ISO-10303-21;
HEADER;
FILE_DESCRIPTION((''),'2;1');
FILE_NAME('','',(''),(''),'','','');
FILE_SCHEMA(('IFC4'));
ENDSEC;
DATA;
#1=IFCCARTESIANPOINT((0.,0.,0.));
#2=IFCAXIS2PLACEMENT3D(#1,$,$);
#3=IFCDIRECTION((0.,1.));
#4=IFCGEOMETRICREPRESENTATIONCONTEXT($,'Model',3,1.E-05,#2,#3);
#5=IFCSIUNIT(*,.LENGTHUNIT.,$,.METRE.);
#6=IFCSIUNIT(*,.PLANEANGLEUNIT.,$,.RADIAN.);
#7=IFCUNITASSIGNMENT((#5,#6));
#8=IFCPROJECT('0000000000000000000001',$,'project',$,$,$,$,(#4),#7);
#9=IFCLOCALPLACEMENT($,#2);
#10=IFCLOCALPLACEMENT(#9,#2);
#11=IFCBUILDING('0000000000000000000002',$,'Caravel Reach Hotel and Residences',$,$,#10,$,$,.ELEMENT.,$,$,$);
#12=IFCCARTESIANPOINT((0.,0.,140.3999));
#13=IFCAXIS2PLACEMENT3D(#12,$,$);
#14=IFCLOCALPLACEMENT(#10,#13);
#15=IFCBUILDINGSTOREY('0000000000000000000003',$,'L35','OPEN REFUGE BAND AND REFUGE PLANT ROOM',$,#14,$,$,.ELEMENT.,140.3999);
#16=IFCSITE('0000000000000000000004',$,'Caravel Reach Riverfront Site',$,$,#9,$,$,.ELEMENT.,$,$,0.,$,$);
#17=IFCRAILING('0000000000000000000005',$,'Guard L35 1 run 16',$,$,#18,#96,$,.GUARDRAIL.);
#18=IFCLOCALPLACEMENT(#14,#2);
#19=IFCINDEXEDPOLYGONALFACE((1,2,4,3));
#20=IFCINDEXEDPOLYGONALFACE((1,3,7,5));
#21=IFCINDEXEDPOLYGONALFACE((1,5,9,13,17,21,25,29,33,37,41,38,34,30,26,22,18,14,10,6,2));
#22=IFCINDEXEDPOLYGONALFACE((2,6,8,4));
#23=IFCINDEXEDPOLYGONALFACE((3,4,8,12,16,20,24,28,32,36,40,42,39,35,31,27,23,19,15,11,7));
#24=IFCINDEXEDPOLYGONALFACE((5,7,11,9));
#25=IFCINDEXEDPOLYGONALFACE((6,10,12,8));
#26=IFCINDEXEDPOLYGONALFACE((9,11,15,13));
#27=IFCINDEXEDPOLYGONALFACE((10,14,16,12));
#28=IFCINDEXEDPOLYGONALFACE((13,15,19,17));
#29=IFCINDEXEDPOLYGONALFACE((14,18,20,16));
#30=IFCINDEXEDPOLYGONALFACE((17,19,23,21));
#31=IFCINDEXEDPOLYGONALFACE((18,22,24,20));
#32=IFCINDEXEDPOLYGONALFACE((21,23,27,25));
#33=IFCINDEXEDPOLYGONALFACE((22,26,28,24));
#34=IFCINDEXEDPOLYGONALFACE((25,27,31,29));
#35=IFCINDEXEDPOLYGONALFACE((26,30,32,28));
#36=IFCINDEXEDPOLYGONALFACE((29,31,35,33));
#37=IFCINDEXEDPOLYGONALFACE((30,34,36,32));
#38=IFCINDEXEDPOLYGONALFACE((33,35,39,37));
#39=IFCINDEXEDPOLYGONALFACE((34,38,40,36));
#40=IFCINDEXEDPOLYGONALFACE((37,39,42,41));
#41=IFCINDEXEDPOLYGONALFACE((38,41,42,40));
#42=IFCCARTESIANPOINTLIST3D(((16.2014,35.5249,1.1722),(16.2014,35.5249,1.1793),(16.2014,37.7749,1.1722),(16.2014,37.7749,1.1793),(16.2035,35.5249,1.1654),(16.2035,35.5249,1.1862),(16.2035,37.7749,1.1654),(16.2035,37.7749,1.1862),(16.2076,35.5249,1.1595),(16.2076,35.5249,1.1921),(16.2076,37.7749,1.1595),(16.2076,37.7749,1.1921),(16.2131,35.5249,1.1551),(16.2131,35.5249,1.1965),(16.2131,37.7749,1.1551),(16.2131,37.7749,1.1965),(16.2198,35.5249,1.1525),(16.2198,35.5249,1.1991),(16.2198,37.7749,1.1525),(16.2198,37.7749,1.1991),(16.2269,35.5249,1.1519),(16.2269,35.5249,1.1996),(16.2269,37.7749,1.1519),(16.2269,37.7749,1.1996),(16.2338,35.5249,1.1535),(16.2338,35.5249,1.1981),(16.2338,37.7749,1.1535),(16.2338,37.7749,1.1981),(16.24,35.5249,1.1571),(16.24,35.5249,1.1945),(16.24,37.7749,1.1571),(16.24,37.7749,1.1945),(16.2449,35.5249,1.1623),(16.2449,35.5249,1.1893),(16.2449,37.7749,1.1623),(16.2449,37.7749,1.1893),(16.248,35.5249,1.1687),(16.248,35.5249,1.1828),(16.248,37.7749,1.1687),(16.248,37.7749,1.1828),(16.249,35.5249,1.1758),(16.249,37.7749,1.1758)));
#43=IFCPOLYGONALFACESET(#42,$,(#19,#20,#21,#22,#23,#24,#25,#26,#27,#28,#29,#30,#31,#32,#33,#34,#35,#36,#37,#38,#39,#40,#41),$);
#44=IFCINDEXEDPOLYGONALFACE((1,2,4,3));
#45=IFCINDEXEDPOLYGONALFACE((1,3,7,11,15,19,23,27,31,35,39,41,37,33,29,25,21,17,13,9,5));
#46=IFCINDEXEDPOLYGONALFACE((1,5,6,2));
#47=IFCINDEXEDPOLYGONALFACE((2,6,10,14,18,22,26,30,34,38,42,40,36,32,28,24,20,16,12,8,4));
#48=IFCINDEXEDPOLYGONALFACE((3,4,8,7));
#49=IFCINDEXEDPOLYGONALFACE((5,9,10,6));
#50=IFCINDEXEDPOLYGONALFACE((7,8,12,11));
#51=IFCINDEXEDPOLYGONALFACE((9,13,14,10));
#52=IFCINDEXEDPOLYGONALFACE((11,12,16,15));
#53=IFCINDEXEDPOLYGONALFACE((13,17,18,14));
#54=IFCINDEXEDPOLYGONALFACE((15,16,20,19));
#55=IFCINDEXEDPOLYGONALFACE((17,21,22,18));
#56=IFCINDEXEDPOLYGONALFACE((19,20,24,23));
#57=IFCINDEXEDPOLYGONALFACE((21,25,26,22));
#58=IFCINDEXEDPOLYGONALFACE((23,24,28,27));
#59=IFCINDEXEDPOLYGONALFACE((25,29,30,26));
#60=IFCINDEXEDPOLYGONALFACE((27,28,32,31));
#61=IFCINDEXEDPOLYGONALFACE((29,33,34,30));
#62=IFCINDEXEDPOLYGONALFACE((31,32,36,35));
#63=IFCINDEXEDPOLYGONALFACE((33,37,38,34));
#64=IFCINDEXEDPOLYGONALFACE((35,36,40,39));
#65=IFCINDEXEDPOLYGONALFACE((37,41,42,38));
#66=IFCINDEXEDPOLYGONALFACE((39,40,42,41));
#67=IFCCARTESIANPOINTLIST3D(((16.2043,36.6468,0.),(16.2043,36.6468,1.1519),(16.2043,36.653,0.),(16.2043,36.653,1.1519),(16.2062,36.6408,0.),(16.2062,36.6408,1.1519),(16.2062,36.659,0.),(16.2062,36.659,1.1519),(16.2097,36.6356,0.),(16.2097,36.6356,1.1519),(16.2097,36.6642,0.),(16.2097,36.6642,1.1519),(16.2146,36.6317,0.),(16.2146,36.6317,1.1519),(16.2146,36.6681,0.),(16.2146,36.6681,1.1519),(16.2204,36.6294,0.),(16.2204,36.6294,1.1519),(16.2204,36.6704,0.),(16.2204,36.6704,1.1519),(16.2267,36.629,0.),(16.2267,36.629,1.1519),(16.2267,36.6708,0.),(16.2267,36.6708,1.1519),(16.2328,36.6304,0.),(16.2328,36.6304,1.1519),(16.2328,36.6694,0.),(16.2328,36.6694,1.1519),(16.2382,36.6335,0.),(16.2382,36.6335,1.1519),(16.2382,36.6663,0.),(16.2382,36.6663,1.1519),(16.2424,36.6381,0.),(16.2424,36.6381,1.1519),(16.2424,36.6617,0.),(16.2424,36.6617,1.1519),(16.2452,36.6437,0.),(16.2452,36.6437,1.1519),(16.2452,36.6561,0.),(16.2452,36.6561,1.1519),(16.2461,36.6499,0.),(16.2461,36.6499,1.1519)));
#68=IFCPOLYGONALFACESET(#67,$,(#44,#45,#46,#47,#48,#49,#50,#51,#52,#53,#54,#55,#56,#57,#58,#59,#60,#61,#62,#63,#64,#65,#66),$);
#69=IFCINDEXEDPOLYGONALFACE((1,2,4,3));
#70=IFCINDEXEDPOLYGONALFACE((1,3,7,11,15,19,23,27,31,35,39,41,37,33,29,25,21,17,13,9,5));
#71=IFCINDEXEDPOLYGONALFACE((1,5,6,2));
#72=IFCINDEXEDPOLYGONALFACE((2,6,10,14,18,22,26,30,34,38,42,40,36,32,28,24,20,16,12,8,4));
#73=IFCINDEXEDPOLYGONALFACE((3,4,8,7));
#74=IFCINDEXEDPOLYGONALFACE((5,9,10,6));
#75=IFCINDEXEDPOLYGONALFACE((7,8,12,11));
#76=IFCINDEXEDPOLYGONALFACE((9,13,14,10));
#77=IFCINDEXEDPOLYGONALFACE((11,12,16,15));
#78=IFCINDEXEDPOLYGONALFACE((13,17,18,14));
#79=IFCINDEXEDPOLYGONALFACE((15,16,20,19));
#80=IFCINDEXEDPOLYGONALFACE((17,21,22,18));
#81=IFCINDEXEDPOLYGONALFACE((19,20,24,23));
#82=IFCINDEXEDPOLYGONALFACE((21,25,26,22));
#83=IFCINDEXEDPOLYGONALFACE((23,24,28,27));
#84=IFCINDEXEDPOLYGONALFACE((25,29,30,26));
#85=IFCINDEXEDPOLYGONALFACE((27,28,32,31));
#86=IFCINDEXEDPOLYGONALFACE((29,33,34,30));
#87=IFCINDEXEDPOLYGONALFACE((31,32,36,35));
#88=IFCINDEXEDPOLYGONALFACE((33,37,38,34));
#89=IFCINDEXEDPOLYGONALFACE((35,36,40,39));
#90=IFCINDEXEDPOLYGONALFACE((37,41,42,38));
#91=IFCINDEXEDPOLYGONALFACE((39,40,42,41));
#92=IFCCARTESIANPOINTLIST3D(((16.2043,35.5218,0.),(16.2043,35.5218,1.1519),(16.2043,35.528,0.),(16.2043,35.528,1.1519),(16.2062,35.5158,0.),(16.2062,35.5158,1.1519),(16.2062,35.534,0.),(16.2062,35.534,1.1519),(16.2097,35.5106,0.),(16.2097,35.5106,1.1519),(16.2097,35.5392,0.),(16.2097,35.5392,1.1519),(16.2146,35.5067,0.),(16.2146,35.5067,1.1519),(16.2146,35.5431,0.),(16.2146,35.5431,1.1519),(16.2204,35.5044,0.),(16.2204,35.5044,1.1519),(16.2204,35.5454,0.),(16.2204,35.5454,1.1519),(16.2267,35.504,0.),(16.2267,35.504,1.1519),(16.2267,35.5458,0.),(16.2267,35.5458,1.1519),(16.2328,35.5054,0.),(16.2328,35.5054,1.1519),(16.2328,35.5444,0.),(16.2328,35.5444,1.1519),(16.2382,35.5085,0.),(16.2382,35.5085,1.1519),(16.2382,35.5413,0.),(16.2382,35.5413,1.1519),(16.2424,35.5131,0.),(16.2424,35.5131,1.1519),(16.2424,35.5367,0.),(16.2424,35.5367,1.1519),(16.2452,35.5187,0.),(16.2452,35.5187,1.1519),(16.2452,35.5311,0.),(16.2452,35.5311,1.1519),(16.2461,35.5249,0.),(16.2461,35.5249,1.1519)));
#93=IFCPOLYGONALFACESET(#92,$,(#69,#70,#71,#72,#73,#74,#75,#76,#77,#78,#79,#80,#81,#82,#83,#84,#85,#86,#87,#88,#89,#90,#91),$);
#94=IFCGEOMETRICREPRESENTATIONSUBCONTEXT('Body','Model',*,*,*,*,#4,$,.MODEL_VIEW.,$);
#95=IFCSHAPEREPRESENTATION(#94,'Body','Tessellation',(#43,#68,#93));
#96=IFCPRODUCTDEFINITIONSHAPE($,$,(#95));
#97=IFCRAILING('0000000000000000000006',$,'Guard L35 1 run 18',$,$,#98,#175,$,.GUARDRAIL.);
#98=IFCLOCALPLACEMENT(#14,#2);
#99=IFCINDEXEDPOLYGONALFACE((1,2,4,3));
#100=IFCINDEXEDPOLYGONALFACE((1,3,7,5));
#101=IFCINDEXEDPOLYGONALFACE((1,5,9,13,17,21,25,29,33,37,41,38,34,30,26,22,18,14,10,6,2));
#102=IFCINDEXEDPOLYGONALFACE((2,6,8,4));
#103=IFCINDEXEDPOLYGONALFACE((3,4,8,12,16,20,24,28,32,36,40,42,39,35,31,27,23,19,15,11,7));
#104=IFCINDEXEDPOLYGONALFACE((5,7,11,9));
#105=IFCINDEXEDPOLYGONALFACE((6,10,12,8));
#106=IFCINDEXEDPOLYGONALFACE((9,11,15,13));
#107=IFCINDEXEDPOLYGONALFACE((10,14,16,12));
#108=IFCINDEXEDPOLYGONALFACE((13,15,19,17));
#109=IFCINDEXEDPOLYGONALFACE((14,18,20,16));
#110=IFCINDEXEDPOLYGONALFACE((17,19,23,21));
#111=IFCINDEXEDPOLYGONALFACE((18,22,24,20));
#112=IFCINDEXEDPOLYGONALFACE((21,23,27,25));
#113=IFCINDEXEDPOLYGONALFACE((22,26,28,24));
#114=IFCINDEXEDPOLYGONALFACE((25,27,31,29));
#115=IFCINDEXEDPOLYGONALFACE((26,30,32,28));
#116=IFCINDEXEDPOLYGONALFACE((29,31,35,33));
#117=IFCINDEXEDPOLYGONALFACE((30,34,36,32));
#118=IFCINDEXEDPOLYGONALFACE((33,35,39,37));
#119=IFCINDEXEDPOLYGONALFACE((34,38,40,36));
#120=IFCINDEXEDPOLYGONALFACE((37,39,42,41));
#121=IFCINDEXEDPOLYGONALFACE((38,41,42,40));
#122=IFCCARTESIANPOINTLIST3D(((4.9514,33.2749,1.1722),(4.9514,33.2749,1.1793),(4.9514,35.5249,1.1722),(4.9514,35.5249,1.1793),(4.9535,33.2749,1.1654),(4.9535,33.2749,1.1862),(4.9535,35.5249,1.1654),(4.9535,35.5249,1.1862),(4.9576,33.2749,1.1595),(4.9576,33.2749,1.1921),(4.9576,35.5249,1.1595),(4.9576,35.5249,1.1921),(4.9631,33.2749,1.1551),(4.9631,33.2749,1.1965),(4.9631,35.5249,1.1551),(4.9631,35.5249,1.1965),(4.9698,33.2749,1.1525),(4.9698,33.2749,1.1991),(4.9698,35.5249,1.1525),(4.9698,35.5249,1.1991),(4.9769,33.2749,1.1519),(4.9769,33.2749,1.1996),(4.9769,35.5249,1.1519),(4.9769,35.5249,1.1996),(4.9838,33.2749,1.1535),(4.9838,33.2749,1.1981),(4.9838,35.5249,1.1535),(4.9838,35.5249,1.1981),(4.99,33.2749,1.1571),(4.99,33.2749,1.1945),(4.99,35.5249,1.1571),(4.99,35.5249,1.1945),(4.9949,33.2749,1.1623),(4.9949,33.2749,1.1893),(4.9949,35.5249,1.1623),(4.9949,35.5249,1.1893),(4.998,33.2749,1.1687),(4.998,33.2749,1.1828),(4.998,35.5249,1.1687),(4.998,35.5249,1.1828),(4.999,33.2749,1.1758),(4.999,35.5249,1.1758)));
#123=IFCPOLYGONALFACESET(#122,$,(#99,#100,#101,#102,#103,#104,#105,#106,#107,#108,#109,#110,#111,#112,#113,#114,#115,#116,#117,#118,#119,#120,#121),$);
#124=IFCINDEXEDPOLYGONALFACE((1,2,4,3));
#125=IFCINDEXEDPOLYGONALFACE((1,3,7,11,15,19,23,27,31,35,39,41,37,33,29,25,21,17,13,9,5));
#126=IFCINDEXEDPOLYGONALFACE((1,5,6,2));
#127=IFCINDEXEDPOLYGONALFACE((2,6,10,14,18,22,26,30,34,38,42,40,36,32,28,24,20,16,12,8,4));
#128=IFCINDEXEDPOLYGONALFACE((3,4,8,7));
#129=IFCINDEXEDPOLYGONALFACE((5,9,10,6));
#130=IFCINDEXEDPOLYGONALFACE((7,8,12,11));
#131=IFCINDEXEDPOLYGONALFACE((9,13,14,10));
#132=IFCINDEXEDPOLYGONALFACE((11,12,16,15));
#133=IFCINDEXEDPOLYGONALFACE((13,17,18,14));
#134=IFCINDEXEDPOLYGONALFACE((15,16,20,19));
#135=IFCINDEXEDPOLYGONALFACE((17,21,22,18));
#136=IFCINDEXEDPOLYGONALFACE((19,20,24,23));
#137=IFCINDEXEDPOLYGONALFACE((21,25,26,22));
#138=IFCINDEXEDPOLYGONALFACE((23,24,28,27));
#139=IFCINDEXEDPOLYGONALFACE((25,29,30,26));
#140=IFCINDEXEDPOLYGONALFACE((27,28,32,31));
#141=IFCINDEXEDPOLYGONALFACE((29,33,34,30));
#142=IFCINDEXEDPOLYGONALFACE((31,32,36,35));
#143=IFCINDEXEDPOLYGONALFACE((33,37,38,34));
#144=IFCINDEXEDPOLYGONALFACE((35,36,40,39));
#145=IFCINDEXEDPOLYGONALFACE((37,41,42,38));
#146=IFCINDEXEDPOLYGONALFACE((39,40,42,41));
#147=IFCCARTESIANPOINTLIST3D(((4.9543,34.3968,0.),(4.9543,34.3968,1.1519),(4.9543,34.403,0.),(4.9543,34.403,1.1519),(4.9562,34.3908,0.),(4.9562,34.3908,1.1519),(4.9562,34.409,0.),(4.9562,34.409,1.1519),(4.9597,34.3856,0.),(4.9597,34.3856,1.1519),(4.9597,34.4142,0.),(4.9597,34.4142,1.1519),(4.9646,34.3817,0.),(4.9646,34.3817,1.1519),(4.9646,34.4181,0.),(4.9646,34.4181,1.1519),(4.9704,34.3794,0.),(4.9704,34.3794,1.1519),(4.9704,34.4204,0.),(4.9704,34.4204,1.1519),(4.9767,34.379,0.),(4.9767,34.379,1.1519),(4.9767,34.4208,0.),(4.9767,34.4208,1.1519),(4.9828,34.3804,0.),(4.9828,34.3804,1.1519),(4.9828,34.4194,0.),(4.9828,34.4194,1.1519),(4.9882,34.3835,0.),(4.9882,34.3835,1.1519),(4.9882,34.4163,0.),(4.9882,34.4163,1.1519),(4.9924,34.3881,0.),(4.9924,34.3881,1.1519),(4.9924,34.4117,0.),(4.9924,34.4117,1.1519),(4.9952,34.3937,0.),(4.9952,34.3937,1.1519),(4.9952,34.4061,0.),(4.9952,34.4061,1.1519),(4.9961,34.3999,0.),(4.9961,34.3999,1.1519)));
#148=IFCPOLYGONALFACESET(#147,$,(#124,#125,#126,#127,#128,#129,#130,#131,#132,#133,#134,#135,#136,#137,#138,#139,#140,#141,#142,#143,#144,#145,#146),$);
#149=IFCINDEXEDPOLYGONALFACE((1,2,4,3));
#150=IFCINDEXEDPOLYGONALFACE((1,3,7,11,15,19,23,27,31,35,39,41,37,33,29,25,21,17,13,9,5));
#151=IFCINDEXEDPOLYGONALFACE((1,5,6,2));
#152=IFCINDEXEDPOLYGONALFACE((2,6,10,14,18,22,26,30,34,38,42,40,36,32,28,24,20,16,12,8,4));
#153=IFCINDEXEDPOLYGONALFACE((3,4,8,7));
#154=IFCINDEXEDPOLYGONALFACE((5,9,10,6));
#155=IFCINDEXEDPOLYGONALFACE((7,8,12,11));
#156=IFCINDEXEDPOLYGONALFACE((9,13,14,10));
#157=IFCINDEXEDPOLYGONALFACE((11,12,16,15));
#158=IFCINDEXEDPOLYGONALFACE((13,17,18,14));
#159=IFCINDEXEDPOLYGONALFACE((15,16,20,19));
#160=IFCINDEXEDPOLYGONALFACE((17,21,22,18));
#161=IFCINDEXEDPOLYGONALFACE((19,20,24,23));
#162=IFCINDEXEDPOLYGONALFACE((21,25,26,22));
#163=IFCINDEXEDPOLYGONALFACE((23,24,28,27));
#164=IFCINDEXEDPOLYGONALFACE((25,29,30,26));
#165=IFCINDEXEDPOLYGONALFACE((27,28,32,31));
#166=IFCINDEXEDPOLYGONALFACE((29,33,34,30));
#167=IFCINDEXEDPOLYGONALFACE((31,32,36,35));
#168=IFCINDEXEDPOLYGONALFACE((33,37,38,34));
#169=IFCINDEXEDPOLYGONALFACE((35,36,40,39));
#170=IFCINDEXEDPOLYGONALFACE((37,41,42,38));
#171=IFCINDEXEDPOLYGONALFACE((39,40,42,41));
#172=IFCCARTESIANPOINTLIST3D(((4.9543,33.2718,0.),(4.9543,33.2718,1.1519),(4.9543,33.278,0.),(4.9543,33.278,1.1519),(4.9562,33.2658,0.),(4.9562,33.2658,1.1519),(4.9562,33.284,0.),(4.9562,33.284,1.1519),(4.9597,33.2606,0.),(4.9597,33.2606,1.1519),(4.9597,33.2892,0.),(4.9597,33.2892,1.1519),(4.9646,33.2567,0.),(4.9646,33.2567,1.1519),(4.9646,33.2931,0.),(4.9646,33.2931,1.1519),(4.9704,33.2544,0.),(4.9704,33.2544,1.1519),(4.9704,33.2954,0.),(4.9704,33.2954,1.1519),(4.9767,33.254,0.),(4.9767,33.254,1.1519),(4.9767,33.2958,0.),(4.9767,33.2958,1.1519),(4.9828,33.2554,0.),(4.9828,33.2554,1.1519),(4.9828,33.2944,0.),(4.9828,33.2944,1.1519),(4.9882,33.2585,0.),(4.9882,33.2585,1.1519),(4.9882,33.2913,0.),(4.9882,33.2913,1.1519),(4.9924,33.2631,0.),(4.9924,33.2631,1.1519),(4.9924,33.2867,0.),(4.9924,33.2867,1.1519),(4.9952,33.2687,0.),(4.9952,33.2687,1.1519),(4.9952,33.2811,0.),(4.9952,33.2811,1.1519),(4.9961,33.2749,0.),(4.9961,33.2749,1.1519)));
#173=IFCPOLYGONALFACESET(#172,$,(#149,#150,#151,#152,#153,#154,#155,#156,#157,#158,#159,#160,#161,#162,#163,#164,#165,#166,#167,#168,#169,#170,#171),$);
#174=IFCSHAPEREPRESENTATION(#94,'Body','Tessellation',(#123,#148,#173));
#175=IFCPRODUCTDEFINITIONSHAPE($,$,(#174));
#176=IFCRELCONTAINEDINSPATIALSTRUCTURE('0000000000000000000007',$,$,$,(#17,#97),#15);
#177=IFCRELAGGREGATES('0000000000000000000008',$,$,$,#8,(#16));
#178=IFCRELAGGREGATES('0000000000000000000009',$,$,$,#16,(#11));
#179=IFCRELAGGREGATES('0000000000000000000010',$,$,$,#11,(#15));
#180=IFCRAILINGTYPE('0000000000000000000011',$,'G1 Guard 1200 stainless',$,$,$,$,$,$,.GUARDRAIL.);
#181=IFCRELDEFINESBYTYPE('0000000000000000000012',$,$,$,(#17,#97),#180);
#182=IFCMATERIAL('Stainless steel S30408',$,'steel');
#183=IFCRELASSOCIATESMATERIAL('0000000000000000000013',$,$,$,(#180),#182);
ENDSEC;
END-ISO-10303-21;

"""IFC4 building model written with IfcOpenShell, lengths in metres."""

from ifc_helpers import new_model, si_unit, direction, frame, origin, origin_2d, place, context, subcontext, project, spatial, circle, extrude, material, type_object, element, save


model = new_model("IFC4")

# Units and contexts
model_context = context("Model", 3, precision=1e-05, world=origin(), true_north=direction((0.0, 1.0)))
body_context = subcontext(model_context, "Body", "Model", "MODEL_VIEW")
ifc_project = project(units=[si_unit("LENGTHUNIT", "METRE"), si_unit("PLANEANGLEUNIT", "RADIAN")], contexts=[model_context])

# Site, building, storey
site_placement = place(None, origin())
site = spatial("IfcSite", under=ifc_project, at=site_placement, Name="Caravel Reach Riverfront Site", CompositionType="ELEMENT", RefElevation=0.0)
building_placement = place(site_placement, origin())
building = spatial("IfcBuilding", under=site, at=building_placement, Name="Caravel Reach Hotel and Residences", CompositionType="ELEMENT")
storey_placement = place(building_placement, frame((0.0, 0.0, 140.3999)))
storey = spatial("IfcBuildingStorey", under=building, at=storey_placement, Name="L35", Description="OPEN REFUGE BAND AND REFUGE PLANT ROOM", CompositionType="ELEMENT", Elevation=140.3999)

# Railings
ifc_material_1 = material(Name="Stainless steel S30408", Category="steel")
railing_type = type_object("IfcRailingType", Name="G1 Guard 1200 stainless", PredefinedType="GUARDRAIL", material=ifc_material_1)
railing_1_placement = place(storey_placement, frame((16.2251, 37.7749, 0.0)))
element("IfcRailing", 1, at=railing_1_placement, inside=storey, type_object=railing_type, Name="Guard L35 1 run 16", PredefinedType="GUARDRAIL", context=body_context, shape_type="SweptSolid", body=[
    extrude(circle(Radius=0.0239, at=origin_2d()), frame((0.0, 0.0, 1.1758), z_axis=(0.0, -1.0, 0.0), x_axis=(1.0, 0.0, 0.0)), (0.0, 0.0, 1.0), 2.25),
    extrude(circle(Radius=0.021, at=origin_2d()), frame((0.0, -1.125, 0.0)), (0.0, 0.0, 1.0), 1.1519),
    extrude(circle(Radius=0.021, at=origin_2d()), frame((0.0, -2.25, 0.0)), (0.0, 0.0, 1.0), 1.1519),
])
railing_2_placement = place(storey_placement, frame((4.9751, 35.5249, 0.0)))
element("IfcRailing", 2, at=railing_2_placement, inside=storey, type_object=railing_type, Name="Guard L35 1 run 18", PredefinedType="GUARDRAIL", context=body_context, shape_type="SweptSolid", body=[
    extrude(circle(Radius=0.0239, at=origin_2d()), frame((0.0, 0.0, 1.1758), z_axis=(0.0, -1.0, 0.0), x_axis=(1.0, 0.0, 0.0)), (0.0, 0.0, 1.0), 2.25),
    extrude(circle(Radius=0.021, at=origin_2d()), frame((0.0, -1.125, 0.0)), (0.0, 0.0, 1.0), 1.1519),
    extrude(circle(Radius=0.021, at=origin_2d()), frame((0.0, -2.25, 0.0)), (0.0, 0.0, 1.0), 1.1519),
])

save(model, "model.ifc")
